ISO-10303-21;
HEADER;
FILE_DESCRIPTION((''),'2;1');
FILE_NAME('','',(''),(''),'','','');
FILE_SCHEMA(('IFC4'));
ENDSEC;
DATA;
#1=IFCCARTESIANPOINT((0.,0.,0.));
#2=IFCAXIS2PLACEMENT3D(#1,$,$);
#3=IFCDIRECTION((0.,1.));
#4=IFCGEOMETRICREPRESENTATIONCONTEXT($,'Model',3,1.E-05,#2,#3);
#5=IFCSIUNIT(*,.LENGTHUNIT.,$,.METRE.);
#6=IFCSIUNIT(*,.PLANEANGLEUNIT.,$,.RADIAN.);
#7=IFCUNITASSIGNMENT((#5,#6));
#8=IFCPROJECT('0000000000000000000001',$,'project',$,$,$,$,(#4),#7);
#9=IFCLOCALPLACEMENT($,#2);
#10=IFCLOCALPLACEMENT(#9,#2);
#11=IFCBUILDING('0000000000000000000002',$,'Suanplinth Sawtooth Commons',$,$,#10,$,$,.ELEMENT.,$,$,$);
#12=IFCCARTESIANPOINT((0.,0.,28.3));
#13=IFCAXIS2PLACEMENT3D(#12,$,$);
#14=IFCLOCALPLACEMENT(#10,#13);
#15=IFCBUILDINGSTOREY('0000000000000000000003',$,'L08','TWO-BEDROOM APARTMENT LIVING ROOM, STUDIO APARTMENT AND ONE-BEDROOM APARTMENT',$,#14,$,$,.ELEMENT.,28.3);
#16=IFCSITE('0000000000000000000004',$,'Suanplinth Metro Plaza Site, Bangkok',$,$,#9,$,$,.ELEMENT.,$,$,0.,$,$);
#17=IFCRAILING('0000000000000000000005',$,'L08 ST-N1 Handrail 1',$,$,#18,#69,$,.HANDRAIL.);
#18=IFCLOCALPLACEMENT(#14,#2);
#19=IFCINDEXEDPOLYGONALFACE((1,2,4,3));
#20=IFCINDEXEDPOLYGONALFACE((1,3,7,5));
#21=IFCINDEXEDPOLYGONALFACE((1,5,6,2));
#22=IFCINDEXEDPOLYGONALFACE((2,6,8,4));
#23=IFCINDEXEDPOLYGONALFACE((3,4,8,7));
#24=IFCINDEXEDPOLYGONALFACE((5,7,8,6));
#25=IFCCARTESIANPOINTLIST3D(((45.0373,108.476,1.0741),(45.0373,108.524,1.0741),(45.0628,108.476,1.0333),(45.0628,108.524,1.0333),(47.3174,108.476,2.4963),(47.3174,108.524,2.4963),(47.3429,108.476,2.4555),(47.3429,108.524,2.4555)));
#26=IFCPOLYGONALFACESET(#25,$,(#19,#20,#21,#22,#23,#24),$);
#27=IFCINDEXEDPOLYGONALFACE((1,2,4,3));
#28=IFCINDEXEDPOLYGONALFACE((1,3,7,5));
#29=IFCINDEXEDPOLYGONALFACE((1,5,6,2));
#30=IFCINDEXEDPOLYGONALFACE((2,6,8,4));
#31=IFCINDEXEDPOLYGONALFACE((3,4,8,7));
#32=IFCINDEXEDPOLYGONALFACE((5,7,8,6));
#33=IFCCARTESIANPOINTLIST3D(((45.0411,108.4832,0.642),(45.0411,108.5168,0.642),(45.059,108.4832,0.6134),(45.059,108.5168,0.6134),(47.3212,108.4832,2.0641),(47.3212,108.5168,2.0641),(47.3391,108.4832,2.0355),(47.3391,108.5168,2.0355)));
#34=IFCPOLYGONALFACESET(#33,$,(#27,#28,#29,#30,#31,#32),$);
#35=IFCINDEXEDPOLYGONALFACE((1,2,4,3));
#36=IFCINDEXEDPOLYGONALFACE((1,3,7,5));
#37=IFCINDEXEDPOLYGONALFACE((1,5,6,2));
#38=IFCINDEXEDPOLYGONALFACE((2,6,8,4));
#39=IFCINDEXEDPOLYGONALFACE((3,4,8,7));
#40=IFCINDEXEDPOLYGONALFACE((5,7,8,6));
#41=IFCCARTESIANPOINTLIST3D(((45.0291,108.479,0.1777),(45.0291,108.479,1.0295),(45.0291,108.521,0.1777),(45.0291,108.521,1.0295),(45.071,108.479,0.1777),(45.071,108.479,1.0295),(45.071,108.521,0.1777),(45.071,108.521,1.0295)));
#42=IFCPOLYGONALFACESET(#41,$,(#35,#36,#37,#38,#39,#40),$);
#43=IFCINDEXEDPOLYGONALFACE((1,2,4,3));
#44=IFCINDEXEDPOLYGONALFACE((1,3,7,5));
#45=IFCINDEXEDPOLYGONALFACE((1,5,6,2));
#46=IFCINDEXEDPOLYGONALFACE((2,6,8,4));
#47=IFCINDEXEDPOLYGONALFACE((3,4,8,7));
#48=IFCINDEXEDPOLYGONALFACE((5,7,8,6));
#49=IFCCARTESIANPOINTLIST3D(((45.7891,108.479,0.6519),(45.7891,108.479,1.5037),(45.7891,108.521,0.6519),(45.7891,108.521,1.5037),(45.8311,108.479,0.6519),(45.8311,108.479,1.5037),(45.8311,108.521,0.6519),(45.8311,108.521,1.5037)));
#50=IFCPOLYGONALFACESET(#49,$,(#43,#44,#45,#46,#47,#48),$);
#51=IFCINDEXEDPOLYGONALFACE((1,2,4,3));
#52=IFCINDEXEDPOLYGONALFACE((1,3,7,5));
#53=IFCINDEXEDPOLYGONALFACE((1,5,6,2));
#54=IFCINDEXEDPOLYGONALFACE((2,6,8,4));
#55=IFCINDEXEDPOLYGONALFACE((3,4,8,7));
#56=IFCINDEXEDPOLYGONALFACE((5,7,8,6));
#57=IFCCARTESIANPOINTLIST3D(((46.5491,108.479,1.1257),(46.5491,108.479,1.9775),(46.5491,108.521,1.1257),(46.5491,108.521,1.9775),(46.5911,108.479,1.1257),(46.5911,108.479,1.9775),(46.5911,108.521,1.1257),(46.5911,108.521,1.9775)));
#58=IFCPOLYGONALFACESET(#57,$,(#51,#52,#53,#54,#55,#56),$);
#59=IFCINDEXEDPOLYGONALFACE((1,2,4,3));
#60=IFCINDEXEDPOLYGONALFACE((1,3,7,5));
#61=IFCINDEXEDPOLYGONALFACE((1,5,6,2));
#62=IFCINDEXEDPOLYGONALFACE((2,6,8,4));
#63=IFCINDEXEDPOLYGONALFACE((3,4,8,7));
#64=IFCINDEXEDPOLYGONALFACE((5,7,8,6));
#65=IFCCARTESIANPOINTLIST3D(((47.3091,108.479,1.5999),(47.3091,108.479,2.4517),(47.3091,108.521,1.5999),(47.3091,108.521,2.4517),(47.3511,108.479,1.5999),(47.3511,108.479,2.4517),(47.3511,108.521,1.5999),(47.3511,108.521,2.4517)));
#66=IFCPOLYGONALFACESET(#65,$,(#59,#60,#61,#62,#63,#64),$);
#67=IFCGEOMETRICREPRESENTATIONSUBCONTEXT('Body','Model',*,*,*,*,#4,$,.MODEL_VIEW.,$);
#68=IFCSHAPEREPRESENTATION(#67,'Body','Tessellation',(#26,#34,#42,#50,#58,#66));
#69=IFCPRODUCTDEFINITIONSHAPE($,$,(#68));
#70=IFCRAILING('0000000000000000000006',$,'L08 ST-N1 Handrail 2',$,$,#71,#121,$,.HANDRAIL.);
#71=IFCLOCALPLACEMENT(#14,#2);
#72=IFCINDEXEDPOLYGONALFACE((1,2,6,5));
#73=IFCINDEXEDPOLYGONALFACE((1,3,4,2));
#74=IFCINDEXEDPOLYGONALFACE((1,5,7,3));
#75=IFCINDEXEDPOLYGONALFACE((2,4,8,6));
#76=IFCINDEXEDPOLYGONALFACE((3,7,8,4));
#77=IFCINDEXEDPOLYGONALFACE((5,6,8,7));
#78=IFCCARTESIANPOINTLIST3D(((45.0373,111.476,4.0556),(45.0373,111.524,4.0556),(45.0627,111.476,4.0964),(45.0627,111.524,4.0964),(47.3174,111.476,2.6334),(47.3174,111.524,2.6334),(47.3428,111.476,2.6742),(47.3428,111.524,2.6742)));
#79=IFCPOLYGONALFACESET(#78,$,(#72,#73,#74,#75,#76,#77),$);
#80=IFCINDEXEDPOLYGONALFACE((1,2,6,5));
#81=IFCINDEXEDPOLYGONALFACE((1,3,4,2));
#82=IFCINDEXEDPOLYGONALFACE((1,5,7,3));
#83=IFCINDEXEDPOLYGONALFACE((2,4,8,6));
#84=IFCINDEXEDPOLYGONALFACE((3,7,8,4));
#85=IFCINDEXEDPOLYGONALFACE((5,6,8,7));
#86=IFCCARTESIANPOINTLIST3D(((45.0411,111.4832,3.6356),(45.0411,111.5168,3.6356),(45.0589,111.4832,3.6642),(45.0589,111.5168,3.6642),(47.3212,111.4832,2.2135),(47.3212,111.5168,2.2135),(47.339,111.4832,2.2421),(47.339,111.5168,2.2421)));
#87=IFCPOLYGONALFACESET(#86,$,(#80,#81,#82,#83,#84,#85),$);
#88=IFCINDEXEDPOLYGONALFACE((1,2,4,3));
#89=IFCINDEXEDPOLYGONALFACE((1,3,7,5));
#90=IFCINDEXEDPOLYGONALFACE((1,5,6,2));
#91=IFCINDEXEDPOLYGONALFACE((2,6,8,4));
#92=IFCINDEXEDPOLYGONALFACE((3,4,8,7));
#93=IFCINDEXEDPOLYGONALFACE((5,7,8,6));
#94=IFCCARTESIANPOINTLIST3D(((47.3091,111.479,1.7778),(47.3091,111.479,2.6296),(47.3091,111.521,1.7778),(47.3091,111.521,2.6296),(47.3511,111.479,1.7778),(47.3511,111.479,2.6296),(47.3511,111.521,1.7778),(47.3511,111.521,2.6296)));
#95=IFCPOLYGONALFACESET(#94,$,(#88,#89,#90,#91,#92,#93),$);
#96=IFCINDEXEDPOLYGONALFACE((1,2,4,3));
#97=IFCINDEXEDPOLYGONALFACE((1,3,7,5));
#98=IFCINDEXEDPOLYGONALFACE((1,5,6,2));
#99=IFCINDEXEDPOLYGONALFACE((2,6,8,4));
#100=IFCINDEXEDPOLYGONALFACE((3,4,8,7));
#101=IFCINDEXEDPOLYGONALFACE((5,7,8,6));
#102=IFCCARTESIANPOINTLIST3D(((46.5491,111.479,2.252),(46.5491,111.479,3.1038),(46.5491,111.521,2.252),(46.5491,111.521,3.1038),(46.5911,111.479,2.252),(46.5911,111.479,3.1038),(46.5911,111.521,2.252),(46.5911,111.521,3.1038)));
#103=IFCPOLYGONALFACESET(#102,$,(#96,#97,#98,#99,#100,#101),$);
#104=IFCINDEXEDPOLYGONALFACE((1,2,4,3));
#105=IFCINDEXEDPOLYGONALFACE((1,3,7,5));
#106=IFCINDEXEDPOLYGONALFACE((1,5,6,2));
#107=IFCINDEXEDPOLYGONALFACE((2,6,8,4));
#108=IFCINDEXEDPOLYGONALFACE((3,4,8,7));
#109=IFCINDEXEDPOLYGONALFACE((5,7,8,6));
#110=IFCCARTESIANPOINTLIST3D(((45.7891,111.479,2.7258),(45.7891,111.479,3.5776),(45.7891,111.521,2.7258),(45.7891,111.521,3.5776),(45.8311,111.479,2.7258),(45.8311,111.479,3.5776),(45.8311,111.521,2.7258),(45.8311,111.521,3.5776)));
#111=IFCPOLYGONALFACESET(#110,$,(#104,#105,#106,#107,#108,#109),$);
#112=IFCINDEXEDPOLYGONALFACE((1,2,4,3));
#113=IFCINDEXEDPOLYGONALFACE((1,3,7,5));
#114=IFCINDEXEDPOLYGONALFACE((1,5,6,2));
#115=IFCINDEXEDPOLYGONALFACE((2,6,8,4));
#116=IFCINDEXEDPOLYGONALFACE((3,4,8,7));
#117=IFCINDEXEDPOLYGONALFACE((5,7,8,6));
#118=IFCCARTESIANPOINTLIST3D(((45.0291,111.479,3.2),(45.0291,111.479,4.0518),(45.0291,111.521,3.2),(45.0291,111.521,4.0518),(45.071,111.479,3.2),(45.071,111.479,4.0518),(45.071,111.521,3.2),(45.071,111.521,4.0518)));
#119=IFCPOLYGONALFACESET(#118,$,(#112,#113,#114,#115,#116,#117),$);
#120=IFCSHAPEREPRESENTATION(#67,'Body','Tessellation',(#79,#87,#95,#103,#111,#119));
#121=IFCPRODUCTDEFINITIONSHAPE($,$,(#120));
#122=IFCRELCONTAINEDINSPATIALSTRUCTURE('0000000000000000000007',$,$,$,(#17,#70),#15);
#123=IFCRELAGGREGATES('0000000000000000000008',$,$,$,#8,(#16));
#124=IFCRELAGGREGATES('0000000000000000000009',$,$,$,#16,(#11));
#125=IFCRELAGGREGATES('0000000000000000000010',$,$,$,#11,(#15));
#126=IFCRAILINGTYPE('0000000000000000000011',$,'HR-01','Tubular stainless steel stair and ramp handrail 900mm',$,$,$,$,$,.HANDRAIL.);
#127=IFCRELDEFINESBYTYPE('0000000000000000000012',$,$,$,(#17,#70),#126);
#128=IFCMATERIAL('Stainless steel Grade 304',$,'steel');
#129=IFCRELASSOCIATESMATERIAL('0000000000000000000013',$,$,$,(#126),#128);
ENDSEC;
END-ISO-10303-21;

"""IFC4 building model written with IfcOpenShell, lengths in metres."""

from ifc_helpers import new_model, si_unit, direction, frame, origin, origin_2d, place, context, subcontext, project, spatial, rectangle, extrude, material, type_object, element, save


model = new_model("IFC4")

# Units and contexts
model_context = context("Model", 3, precision=1e-05, world=origin(), true_north=direction((0.0, 1.0)))
body_context = subcontext(model_context, "Body", "Model", "MODEL_VIEW")
ifc_project = project(units=[si_unit("LENGTHUNIT", "METRE"), si_unit("PLANEANGLEUNIT", "RADIAN")], contexts=[model_context])

# Site, building, storey
site_placement = place(None, origin())
site = spatial("IfcSite", under=ifc_project, at=site_placement, Name="Suanplinth Metro Plaza Site, Bangkok", CompositionType="ELEMENT", RefElevation=0.0)
building_placement = place(site_placement, origin())
building = spatial("IfcBuilding", under=site, at=building_placement, Name="Suanplinth Sawtooth Commons", CompositionType="ELEMENT")
storey_placement = place(building_placement, frame((0.0, 0.0, 28.3)))
storey = spatial("IfcBuildingStorey", under=building, at=storey_placement, Name="L08", Description="TWO-BEDROOM APARTMENT LIVING ROOM, STUDIO APARTMENT AND ONE-BEDROOM APARTMENT", CompositionType="ELEMENT", Elevation=28.3)

# Shared definitions
ifc_material_1 = material(Name="Stainless steel Grade 304", Category="steel")

# Railings
railing_type_1 = type_object("IfcRailingType", Name="HR-01", Description="Tubular stainless steel stair and ramp handrail 900mm", PredefinedType="HANDRAIL", material=ifc_material_1)
railing_1_placement = place(storey_placement, frame((45.05, 108.5, 0.1777)))
element("IfcRailing", 1, at=railing_1_placement, inside=storey, type_object=railing_type_1, Name="L08 ST-N1 Handrail 1", PredefinedType="HANDRAIL", context=body_context, shape_type="SweptSolid", body=[
    extrude(rectangle(XDim=0.0481, YDim=0.0481, at=origin_2d()), frame((0.0, 0.0, 0.876), z_axis=(0.848483, 0.0, 0.529223), x_axis=(0.0, 1.0, 0.0)), (0.0, 0.0, 1.0), 2.6873),
    extrude(rectangle(XDim=0.0337, YDim=0.0337, at=origin_2d()), frame((0.0, 0.0, 0.45), z_axis=(0.848483, 0.0, 0.529223), x_axis=(0.0, 1.0, 0.0)), (0.0, 0.0, 1.0), 2.6873),
    extrude(rectangle(XDim=0.042, YDim=0.042, at=origin_2d()), origin(), (0.0, 0.0, 1.0), 0.8518),
    extrude(rectangle(XDim=0.042, YDim=0.042, at=origin_2d()), frame((0.76, 0.0, 0.4741)), (0.0, 0.0, 1.0), 0.8518),
    extrude(rectangle(XDim=0.042, YDim=0.042, at=origin_2d()), frame((1.52, 0.0, 0.948)), (0.0, 0.0, 1.0), 0.8518),
    extrude(rectangle(XDim=0.042, YDim=0.042, at=origin_2d()), frame((2.28, 0.0, 1.4221)), (0.0, 0.0, 1.0), 0.8518),
])
railing_2_placement = place(storey_placement, frame((47.3301, 111.5, 1.7778)))
element("IfcRailing", 2, at=railing_2_placement, inside=storey, type_object=railing_type_1, Name="L08 ST-N1 Handrail 2", PredefinedType="HANDRAIL", context=body_context, shape_type="SweptSolid", body=[
    extrude(rectangle(XDim=0.0481, YDim=0.0481, at=origin_2d()), frame((0.0, 0.0, 0.876), z_axis=(-0.848483, 0.0, 0.529223), x_axis=(0.0, -1.0, 0.0)), (0.0, 0.0, 1.0), 2.6873),
    extrude(rectangle(XDim=0.0337, YDim=0.0337, at=origin_2d()), frame((0.0, 0.0, 0.45), z_axis=(-0.848483, 0.0, 0.529223), x_axis=(0.0, -1.0, 0.0)), (0.0, 0.0, 1.0), 2.6873),
    extrude(rectangle(XDim=0.042, YDim=0.042, at=origin_2d()), origin(), (0.0, 0.0, 1.0), 0.8518),
    extrude(rectangle(XDim=0.042, YDim=0.042, at=origin_2d()), frame((-0.76, 0.0, 0.4741)), (0.0, 0.0, 1.0), 0.8518),
    extrude(rectangle(XDim=0.042, YDim=0.042, at=origin_2d()), frame((-1.52, 0.0, 0.948)), (0.0, 0.0, 1.0), 0.8518),
    extrude(rectangle(XDim=0.042, YDim=0.042, at=origin_2d()), frame((-2.28, 0.0, 1.4221)), (0.0, 0.0, 1.0), 0.8518),
])

save(model, "model.ifc")
